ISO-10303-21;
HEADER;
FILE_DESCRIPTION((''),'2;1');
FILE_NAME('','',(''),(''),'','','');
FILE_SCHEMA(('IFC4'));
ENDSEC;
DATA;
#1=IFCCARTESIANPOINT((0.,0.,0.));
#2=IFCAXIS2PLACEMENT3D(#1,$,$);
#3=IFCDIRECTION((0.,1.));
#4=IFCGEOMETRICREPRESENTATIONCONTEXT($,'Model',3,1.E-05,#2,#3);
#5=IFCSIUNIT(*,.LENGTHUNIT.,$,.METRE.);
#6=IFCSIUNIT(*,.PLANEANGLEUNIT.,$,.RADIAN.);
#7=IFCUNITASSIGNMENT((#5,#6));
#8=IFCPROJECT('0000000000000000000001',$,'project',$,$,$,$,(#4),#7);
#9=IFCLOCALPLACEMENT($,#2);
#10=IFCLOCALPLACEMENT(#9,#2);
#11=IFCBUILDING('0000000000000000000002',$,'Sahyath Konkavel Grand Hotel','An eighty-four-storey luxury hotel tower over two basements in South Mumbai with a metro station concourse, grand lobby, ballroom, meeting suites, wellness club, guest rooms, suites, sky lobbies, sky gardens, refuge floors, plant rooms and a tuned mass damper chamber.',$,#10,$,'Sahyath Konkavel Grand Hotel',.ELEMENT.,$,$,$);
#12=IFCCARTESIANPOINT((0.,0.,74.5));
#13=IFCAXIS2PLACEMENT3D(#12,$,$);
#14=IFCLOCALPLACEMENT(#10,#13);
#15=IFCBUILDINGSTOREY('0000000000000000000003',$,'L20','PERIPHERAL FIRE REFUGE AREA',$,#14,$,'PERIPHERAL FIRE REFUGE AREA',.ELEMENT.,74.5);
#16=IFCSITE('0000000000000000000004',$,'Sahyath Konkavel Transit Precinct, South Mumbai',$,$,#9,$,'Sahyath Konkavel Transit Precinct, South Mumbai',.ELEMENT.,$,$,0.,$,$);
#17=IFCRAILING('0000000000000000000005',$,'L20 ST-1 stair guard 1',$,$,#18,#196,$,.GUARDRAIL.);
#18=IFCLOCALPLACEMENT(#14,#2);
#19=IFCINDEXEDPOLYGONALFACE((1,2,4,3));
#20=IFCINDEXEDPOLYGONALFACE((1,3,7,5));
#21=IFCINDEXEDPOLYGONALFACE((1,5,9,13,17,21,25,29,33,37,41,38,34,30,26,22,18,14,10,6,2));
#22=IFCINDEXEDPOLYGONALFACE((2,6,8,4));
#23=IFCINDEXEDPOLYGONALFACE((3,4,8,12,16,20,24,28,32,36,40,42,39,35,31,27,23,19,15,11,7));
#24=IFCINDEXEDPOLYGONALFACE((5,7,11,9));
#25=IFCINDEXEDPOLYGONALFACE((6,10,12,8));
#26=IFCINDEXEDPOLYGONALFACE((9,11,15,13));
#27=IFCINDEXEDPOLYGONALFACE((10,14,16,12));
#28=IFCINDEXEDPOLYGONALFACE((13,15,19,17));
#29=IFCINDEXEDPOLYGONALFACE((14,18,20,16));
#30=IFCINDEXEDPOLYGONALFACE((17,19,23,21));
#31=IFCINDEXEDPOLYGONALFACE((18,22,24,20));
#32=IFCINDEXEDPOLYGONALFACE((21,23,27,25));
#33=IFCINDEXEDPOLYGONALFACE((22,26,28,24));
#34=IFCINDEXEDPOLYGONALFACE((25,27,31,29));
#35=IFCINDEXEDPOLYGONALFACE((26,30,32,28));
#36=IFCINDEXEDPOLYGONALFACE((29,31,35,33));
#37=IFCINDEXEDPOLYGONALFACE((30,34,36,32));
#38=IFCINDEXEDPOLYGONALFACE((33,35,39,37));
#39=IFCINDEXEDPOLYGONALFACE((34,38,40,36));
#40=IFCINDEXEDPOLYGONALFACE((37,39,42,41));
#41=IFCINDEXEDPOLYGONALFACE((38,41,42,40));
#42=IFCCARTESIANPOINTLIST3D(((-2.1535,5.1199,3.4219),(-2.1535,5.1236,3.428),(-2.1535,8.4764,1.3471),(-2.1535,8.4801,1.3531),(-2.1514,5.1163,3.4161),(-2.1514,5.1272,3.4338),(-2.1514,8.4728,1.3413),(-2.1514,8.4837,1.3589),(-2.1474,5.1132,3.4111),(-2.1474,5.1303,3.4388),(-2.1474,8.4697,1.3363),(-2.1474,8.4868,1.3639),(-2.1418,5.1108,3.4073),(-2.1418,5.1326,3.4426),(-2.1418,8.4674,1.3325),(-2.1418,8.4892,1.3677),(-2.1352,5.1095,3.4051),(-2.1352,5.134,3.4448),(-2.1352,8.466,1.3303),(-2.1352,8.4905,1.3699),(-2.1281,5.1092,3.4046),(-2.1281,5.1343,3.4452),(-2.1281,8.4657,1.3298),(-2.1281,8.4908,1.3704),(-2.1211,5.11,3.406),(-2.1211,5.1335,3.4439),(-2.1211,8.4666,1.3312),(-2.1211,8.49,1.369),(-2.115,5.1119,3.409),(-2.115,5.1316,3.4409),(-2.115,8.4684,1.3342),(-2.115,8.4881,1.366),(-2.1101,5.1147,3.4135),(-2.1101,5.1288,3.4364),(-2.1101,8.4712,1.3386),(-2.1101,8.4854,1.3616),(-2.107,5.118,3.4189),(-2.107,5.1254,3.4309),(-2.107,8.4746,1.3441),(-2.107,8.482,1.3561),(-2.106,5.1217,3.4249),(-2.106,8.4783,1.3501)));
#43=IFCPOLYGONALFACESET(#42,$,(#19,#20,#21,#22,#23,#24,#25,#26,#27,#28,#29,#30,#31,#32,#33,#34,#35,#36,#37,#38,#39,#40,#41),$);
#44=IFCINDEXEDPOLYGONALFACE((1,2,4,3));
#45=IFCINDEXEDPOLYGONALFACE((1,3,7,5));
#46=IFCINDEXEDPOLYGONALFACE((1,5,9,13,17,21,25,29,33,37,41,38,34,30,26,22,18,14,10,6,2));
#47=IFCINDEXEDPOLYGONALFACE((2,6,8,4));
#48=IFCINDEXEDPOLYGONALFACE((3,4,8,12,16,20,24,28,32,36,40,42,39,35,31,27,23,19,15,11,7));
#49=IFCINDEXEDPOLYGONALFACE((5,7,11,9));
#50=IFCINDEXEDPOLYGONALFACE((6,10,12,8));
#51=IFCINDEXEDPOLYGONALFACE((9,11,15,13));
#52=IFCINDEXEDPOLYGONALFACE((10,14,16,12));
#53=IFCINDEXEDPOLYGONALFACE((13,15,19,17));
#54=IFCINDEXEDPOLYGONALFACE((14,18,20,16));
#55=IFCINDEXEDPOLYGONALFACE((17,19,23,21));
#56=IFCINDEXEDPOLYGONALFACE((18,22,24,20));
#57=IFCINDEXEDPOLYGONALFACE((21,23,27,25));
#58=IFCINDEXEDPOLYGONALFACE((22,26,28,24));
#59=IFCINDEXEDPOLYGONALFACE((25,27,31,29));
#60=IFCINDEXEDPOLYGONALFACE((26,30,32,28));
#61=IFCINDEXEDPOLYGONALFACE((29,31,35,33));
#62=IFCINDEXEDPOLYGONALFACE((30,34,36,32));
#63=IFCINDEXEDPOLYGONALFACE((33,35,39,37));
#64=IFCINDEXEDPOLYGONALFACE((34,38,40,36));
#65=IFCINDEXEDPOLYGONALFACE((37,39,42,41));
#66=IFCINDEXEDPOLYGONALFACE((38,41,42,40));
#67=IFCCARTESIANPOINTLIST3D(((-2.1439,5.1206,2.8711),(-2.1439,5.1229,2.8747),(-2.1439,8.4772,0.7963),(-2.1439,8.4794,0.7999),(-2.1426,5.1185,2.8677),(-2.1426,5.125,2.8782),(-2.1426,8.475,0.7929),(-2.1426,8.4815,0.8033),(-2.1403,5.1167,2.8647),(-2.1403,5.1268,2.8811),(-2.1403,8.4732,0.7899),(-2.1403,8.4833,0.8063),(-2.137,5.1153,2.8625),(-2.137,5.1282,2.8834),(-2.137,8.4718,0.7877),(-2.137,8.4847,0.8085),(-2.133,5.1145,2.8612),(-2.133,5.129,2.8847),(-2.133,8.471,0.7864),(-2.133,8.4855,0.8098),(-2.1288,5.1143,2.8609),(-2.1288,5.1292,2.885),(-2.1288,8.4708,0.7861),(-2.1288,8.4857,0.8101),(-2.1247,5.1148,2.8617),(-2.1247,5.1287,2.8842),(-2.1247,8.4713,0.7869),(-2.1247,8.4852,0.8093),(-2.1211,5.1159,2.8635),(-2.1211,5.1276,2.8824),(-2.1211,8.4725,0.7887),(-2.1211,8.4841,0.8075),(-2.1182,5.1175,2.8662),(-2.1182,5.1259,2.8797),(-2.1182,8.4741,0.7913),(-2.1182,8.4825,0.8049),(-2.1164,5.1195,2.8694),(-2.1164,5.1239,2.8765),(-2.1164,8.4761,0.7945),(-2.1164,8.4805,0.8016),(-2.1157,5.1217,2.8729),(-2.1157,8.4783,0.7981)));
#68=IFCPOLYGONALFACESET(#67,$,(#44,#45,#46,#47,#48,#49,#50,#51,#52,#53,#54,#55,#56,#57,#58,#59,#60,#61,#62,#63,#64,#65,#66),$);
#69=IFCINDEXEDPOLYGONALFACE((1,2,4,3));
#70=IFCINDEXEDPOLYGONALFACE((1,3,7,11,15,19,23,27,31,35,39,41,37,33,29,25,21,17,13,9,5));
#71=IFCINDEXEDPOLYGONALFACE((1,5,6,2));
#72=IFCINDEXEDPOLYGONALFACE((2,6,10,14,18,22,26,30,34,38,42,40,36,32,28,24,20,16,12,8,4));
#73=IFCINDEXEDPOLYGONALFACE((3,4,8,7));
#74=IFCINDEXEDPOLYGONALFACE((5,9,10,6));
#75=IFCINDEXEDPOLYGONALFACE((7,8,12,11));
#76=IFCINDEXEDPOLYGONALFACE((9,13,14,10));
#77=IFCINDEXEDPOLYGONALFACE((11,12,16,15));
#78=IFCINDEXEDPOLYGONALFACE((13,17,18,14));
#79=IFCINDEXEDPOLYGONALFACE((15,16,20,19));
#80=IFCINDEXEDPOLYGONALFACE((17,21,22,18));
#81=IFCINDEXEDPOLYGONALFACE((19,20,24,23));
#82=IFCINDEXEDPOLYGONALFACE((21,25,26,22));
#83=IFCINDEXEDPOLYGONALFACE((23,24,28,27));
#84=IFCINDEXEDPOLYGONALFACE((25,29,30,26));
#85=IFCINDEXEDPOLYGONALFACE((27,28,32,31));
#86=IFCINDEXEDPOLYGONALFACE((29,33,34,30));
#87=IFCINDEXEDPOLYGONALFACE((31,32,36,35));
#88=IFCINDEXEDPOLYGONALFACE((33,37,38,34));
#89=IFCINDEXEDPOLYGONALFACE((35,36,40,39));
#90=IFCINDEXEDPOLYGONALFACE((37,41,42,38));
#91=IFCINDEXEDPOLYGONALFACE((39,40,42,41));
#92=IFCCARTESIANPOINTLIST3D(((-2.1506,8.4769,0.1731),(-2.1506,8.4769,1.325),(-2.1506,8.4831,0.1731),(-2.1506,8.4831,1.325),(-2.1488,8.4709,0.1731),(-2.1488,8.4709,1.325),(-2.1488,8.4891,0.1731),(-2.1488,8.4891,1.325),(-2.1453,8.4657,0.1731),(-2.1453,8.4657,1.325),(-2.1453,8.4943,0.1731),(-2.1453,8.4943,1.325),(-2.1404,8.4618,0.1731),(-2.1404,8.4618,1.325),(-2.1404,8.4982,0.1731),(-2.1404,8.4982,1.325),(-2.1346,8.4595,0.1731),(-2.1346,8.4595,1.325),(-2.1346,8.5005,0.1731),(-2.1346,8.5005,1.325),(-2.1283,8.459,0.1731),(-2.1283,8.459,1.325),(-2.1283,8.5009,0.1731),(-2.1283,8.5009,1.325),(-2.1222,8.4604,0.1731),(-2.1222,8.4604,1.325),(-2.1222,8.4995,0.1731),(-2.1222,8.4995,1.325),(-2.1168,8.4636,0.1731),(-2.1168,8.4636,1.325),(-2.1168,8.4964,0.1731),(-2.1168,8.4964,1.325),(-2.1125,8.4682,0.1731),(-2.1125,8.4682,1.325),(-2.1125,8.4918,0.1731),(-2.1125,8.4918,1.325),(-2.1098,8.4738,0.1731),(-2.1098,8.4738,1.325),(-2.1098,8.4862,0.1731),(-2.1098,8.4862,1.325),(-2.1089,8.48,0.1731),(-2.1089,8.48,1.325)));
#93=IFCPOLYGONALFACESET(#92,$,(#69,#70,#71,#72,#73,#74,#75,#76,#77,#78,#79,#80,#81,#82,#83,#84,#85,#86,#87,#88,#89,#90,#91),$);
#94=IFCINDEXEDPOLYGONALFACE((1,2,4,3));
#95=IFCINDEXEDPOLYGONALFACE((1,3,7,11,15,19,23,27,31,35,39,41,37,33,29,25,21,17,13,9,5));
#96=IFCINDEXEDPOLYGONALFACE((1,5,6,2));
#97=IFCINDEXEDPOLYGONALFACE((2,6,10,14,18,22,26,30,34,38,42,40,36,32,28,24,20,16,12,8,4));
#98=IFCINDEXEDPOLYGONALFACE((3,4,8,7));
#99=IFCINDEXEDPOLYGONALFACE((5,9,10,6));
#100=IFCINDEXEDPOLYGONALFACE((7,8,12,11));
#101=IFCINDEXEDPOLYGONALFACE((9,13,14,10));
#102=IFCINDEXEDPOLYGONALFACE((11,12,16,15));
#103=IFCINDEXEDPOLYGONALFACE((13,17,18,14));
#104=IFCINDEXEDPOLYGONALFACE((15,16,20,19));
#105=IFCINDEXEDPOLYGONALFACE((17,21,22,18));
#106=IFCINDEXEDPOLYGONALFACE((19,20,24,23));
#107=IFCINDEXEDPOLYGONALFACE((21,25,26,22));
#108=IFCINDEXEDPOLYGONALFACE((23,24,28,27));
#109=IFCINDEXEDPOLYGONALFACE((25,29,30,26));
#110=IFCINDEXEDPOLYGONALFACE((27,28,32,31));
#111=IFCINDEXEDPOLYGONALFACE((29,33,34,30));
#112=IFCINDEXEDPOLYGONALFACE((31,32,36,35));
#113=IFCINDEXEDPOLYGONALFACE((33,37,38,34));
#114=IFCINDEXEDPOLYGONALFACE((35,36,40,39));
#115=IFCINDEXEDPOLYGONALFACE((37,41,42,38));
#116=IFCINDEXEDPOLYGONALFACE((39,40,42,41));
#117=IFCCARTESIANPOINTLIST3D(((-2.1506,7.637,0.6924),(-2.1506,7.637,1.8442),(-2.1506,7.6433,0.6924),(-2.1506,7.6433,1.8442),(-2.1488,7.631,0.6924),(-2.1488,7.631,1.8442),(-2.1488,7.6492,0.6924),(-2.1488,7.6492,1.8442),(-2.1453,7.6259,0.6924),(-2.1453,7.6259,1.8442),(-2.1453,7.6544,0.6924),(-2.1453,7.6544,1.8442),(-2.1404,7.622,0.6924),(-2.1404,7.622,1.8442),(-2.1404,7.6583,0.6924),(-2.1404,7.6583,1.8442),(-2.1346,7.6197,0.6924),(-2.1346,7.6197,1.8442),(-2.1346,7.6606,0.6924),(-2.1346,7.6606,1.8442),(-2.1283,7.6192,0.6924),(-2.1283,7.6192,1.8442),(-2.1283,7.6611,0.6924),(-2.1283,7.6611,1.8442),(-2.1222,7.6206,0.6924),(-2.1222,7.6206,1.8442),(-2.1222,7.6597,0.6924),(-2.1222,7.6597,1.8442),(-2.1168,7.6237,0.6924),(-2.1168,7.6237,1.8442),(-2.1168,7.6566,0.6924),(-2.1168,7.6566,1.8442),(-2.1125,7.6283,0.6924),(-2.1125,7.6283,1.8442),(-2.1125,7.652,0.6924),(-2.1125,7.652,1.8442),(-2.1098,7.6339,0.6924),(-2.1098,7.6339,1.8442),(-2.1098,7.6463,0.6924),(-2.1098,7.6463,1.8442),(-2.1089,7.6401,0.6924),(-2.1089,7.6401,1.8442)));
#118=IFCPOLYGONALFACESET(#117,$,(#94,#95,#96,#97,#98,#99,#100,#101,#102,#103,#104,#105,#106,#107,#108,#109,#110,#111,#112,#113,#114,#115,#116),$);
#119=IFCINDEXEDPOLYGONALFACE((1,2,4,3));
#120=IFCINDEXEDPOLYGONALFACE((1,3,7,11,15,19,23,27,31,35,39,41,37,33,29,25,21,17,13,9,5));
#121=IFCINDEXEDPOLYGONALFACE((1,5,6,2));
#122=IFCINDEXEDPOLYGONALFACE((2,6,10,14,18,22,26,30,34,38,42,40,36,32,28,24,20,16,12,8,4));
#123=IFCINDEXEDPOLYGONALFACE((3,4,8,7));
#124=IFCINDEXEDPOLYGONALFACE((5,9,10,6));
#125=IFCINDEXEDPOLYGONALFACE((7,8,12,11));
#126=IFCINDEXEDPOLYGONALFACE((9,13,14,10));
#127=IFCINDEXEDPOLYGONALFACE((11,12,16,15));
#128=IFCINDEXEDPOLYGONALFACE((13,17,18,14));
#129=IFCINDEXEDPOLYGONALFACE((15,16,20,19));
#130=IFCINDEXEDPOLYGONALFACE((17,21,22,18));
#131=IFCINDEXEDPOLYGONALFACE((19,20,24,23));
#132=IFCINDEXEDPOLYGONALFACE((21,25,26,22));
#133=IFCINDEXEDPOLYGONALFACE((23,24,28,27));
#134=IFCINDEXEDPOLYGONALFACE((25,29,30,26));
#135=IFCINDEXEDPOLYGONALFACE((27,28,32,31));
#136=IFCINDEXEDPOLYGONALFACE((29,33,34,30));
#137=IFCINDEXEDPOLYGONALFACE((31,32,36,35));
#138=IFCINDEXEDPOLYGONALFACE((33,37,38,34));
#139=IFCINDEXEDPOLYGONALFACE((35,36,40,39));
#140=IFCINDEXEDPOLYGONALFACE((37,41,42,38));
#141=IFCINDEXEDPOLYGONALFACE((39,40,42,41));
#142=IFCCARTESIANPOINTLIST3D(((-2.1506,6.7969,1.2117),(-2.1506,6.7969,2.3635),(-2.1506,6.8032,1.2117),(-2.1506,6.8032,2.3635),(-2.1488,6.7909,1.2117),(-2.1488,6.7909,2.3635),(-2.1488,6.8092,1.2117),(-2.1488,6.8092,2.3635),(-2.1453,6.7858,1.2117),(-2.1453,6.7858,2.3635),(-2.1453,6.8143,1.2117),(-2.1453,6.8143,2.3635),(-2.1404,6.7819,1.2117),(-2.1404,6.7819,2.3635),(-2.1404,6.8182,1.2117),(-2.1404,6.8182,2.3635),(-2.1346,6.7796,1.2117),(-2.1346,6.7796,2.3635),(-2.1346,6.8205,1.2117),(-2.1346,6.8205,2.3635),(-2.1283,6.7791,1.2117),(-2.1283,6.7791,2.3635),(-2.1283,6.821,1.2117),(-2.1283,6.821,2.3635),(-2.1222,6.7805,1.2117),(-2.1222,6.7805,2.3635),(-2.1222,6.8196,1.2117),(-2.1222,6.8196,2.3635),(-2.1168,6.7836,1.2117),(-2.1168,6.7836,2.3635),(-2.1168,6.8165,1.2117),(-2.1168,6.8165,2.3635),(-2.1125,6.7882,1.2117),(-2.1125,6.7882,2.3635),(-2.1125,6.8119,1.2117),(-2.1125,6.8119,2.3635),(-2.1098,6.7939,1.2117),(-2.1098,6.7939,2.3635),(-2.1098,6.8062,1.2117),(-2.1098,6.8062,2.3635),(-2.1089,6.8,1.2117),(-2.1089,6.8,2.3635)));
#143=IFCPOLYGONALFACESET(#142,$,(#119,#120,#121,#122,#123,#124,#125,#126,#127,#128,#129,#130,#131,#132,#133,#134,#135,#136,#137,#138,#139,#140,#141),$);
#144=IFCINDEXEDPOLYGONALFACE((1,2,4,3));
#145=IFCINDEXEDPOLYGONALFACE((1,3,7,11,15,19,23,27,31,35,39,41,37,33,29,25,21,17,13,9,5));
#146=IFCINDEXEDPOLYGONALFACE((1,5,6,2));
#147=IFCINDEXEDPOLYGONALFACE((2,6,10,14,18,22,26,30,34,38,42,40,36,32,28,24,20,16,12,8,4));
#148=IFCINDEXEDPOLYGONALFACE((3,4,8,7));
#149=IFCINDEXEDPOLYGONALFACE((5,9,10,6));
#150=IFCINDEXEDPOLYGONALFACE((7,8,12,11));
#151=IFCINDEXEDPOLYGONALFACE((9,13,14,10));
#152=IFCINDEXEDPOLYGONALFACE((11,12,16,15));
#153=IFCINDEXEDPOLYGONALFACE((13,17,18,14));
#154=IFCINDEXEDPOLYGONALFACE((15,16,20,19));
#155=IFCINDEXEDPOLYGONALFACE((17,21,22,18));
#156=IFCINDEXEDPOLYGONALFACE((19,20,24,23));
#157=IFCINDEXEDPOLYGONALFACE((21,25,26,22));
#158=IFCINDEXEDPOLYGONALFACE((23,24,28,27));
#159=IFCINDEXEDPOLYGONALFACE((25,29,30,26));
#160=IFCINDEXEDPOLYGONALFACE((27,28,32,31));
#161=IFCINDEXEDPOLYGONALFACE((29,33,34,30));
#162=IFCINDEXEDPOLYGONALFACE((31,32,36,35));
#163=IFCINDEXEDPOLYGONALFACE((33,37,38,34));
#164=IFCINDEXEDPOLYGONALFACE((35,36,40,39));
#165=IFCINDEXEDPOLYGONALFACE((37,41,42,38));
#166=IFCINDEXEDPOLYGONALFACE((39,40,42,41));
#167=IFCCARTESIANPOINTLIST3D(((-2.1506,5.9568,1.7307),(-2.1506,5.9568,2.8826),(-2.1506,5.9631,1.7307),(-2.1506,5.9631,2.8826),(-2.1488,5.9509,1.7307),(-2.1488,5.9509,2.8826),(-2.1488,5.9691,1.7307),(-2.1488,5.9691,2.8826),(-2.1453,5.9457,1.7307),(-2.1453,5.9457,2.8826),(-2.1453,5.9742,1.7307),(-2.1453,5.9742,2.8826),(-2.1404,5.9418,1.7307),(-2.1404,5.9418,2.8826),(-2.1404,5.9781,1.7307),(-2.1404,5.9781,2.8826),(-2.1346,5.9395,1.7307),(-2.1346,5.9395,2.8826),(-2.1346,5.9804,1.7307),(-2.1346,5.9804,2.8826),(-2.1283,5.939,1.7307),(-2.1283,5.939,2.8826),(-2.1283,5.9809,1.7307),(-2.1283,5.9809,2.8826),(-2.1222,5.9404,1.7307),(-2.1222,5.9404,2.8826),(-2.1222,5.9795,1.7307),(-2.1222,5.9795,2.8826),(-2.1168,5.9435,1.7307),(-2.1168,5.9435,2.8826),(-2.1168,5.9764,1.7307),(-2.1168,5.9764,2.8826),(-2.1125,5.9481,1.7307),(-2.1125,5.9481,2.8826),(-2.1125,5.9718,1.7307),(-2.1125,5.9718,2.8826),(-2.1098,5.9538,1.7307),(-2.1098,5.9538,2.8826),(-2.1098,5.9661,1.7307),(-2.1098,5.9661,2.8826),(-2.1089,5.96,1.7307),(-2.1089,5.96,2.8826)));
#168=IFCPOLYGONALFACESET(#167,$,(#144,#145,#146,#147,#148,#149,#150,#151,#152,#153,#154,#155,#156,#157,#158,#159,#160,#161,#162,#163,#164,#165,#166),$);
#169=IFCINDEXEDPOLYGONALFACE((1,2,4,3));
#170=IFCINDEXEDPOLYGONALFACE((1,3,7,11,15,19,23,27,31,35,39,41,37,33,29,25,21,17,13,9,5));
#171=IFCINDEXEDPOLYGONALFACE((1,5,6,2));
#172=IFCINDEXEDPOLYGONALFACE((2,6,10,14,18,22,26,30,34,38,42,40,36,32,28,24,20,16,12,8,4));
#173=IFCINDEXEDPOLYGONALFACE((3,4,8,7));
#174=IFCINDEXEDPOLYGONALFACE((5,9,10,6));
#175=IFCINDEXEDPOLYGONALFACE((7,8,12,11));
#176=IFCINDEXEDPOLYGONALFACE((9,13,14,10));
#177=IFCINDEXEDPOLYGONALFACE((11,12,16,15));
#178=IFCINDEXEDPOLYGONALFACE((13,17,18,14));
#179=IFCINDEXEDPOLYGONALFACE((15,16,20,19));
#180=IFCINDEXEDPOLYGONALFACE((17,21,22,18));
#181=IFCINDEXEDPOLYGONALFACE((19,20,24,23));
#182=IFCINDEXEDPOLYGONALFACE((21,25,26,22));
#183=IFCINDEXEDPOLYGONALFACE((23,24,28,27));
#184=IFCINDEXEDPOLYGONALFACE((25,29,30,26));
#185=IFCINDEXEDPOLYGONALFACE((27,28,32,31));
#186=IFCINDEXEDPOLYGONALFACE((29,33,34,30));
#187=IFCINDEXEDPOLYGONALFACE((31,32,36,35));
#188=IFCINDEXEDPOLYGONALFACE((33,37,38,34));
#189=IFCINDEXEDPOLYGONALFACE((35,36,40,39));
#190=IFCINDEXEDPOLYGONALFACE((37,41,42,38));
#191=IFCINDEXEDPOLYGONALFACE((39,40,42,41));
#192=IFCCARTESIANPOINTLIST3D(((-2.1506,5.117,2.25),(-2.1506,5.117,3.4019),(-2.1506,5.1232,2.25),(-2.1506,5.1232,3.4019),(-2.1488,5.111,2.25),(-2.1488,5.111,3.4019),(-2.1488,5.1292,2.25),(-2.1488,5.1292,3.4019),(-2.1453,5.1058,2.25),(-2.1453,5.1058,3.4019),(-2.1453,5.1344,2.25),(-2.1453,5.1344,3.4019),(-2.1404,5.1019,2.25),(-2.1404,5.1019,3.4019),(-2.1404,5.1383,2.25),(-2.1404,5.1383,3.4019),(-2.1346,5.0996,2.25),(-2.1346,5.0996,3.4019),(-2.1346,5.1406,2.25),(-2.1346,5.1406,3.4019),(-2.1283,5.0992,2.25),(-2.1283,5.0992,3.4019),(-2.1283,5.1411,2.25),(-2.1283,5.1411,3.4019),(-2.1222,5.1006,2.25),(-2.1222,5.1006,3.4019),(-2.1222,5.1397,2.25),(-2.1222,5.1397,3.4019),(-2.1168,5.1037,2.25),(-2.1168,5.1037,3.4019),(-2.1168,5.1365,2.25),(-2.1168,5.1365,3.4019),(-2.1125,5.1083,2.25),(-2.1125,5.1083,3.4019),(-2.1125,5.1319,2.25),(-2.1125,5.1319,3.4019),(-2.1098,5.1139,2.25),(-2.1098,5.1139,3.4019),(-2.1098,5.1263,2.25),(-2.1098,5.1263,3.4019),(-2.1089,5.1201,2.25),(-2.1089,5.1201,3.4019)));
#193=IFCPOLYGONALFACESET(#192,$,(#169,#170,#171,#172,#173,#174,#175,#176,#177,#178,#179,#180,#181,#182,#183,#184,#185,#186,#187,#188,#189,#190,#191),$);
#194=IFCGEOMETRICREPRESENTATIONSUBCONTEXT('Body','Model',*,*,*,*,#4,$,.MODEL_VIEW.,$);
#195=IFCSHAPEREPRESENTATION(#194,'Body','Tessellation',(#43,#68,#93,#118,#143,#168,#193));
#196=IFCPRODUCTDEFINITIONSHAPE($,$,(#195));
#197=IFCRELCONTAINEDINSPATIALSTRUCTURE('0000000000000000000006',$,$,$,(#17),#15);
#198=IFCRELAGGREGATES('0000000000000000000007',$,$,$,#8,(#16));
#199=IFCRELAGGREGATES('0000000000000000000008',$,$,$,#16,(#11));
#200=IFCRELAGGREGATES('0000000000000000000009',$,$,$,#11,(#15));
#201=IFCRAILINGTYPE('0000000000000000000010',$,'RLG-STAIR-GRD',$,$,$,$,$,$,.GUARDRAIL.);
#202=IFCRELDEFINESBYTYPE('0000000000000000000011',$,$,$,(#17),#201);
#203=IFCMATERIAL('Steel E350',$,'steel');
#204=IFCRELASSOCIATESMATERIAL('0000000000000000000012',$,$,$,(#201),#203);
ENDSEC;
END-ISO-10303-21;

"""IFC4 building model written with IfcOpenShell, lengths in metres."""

from ifc_helpers import new_model, si_unit, direction, frame, origin, origin_2d, place, context, subcontext, project, spatial, circle, extrude, material, type_object, element, save


model = new_model("IFC4")

# Units and contexts
model_context = context("Model", 3, precision=1e-05, world=origin(), true_north=direction((0.0, 1.0)))
body_context = subcontext(model_context, "Body", "Model", "MODEL_VIEW")
ifc_project = project(units=[si_unit("LENGTHUNIT", "METRE"), si_unit("PLANEANGLEUNIT", "RADIAN")], contexts=[model_context])

# Site, building, storey
site_placement = place(None, origin())
site = spatial("IfcSite", under=ifc_project, at=site_placement, Name="Sahyath Konkavel Transit Precinct, South Mumbai", LongName="Sahyath Konkavel Transit Precinct, South Mumbai", CompositionType="ELEMENT", RefElevation=0.0)
building_placement = place(site_placement, origin())
building = spatial("IfcBuilding", under=site, at=building_placement, Name="Sahyath Konkavel Grand Hotel", Description="An eighty-four-storey luxury hotel tower over two basements in South Mumbai with a metro station concourse, grand lobby, ballroom, meeting suites, wellness club, guest rooms, suites, sky lobbies, sky gardens, refuge floors, plant rooms and a tuned mass damper chamber.", LongName="Sahyath Konkavel Grand Hotel", CompositionType="ELEMENT")
storey_placement = place(building_placement, frame((0.0, 0.0, 74.5)))
storey = spatial("IfcBuildingStorey", under=building, at=storey_placement, Name="L20", Description="PERIPHERAL FIRE REFUGE AREA", LongName="PERIPHERAL FIRE REFUGE AREA", CompositionType="ELEMENT", Elevation=74.5)

# Shared definitions
ifc_material_1 = material(Name="Steel E350", Category="steel")

# Railing
railing_type_1 = type_object("IfcRailingType", Name="RLG-STAIR-GRD", PredefinedType="GUARDRAIL", material=ifc_material_1)
railing_1_placement = place(storey_placement, frame((-2.1299, 8.48, 0.1731)))
element("IfcRailing", 1, at=railing_1_placement, inside=storey, type_object=railing_type_1, Name="L20 ST-1 stair guard 1", PredefinedType="GUARDRAIL", context=body_context, shape_type="SweptSolid", body=[
    extrude(circle(Radius=0.0239, at=origin_2d()), frame((0.0, -0.0017, 1.177), z_axis=(0.0, -0.850606, 0.525803), x_axis=(1.0, 0.0, 0.0)), (0.0, 0.0, 1.0), 3.946),
    extrude(circle(Radius=0.0142, at=origin_2d()), frame((0.0, -0.0017, 0.625), z_axis=(0.0, -0.850606, 0.525803), x_axis=(1.0, 0.0, 0.0)), (0.0, 0.0, 1.0), 3.946),
    extrude(circle(Radius=0.021, at=origin_2d()), origin(), (0.0, 0.0, 1.0), 1.1519),
    extrude(circle(Radius=0.021, at=origin_2d()), frame((0.0, -0.8398, 0.5193)), (0.0, 0.0, 1.0), 1.1519),
    extrude(circle(Radius=0.021, at=origin_2d()), frame((0.0, -1.6799, 1.0386)), (0.0, 0.0, 1.0), 1.1519),
    extrude(circle(Radius=0.021, at=origin_2d()), frame((0.0, -2.52, 1.5576)), (0.0, 0.0, 1.0), 1.1519),
    extrude(circle(Radius=0.021, at=origin_2d()), frame((0.0, -3.3599, 2.0769)), (0.0, 0.0, 1.0), 1.1519),
])

save(model, "model.ifc")
